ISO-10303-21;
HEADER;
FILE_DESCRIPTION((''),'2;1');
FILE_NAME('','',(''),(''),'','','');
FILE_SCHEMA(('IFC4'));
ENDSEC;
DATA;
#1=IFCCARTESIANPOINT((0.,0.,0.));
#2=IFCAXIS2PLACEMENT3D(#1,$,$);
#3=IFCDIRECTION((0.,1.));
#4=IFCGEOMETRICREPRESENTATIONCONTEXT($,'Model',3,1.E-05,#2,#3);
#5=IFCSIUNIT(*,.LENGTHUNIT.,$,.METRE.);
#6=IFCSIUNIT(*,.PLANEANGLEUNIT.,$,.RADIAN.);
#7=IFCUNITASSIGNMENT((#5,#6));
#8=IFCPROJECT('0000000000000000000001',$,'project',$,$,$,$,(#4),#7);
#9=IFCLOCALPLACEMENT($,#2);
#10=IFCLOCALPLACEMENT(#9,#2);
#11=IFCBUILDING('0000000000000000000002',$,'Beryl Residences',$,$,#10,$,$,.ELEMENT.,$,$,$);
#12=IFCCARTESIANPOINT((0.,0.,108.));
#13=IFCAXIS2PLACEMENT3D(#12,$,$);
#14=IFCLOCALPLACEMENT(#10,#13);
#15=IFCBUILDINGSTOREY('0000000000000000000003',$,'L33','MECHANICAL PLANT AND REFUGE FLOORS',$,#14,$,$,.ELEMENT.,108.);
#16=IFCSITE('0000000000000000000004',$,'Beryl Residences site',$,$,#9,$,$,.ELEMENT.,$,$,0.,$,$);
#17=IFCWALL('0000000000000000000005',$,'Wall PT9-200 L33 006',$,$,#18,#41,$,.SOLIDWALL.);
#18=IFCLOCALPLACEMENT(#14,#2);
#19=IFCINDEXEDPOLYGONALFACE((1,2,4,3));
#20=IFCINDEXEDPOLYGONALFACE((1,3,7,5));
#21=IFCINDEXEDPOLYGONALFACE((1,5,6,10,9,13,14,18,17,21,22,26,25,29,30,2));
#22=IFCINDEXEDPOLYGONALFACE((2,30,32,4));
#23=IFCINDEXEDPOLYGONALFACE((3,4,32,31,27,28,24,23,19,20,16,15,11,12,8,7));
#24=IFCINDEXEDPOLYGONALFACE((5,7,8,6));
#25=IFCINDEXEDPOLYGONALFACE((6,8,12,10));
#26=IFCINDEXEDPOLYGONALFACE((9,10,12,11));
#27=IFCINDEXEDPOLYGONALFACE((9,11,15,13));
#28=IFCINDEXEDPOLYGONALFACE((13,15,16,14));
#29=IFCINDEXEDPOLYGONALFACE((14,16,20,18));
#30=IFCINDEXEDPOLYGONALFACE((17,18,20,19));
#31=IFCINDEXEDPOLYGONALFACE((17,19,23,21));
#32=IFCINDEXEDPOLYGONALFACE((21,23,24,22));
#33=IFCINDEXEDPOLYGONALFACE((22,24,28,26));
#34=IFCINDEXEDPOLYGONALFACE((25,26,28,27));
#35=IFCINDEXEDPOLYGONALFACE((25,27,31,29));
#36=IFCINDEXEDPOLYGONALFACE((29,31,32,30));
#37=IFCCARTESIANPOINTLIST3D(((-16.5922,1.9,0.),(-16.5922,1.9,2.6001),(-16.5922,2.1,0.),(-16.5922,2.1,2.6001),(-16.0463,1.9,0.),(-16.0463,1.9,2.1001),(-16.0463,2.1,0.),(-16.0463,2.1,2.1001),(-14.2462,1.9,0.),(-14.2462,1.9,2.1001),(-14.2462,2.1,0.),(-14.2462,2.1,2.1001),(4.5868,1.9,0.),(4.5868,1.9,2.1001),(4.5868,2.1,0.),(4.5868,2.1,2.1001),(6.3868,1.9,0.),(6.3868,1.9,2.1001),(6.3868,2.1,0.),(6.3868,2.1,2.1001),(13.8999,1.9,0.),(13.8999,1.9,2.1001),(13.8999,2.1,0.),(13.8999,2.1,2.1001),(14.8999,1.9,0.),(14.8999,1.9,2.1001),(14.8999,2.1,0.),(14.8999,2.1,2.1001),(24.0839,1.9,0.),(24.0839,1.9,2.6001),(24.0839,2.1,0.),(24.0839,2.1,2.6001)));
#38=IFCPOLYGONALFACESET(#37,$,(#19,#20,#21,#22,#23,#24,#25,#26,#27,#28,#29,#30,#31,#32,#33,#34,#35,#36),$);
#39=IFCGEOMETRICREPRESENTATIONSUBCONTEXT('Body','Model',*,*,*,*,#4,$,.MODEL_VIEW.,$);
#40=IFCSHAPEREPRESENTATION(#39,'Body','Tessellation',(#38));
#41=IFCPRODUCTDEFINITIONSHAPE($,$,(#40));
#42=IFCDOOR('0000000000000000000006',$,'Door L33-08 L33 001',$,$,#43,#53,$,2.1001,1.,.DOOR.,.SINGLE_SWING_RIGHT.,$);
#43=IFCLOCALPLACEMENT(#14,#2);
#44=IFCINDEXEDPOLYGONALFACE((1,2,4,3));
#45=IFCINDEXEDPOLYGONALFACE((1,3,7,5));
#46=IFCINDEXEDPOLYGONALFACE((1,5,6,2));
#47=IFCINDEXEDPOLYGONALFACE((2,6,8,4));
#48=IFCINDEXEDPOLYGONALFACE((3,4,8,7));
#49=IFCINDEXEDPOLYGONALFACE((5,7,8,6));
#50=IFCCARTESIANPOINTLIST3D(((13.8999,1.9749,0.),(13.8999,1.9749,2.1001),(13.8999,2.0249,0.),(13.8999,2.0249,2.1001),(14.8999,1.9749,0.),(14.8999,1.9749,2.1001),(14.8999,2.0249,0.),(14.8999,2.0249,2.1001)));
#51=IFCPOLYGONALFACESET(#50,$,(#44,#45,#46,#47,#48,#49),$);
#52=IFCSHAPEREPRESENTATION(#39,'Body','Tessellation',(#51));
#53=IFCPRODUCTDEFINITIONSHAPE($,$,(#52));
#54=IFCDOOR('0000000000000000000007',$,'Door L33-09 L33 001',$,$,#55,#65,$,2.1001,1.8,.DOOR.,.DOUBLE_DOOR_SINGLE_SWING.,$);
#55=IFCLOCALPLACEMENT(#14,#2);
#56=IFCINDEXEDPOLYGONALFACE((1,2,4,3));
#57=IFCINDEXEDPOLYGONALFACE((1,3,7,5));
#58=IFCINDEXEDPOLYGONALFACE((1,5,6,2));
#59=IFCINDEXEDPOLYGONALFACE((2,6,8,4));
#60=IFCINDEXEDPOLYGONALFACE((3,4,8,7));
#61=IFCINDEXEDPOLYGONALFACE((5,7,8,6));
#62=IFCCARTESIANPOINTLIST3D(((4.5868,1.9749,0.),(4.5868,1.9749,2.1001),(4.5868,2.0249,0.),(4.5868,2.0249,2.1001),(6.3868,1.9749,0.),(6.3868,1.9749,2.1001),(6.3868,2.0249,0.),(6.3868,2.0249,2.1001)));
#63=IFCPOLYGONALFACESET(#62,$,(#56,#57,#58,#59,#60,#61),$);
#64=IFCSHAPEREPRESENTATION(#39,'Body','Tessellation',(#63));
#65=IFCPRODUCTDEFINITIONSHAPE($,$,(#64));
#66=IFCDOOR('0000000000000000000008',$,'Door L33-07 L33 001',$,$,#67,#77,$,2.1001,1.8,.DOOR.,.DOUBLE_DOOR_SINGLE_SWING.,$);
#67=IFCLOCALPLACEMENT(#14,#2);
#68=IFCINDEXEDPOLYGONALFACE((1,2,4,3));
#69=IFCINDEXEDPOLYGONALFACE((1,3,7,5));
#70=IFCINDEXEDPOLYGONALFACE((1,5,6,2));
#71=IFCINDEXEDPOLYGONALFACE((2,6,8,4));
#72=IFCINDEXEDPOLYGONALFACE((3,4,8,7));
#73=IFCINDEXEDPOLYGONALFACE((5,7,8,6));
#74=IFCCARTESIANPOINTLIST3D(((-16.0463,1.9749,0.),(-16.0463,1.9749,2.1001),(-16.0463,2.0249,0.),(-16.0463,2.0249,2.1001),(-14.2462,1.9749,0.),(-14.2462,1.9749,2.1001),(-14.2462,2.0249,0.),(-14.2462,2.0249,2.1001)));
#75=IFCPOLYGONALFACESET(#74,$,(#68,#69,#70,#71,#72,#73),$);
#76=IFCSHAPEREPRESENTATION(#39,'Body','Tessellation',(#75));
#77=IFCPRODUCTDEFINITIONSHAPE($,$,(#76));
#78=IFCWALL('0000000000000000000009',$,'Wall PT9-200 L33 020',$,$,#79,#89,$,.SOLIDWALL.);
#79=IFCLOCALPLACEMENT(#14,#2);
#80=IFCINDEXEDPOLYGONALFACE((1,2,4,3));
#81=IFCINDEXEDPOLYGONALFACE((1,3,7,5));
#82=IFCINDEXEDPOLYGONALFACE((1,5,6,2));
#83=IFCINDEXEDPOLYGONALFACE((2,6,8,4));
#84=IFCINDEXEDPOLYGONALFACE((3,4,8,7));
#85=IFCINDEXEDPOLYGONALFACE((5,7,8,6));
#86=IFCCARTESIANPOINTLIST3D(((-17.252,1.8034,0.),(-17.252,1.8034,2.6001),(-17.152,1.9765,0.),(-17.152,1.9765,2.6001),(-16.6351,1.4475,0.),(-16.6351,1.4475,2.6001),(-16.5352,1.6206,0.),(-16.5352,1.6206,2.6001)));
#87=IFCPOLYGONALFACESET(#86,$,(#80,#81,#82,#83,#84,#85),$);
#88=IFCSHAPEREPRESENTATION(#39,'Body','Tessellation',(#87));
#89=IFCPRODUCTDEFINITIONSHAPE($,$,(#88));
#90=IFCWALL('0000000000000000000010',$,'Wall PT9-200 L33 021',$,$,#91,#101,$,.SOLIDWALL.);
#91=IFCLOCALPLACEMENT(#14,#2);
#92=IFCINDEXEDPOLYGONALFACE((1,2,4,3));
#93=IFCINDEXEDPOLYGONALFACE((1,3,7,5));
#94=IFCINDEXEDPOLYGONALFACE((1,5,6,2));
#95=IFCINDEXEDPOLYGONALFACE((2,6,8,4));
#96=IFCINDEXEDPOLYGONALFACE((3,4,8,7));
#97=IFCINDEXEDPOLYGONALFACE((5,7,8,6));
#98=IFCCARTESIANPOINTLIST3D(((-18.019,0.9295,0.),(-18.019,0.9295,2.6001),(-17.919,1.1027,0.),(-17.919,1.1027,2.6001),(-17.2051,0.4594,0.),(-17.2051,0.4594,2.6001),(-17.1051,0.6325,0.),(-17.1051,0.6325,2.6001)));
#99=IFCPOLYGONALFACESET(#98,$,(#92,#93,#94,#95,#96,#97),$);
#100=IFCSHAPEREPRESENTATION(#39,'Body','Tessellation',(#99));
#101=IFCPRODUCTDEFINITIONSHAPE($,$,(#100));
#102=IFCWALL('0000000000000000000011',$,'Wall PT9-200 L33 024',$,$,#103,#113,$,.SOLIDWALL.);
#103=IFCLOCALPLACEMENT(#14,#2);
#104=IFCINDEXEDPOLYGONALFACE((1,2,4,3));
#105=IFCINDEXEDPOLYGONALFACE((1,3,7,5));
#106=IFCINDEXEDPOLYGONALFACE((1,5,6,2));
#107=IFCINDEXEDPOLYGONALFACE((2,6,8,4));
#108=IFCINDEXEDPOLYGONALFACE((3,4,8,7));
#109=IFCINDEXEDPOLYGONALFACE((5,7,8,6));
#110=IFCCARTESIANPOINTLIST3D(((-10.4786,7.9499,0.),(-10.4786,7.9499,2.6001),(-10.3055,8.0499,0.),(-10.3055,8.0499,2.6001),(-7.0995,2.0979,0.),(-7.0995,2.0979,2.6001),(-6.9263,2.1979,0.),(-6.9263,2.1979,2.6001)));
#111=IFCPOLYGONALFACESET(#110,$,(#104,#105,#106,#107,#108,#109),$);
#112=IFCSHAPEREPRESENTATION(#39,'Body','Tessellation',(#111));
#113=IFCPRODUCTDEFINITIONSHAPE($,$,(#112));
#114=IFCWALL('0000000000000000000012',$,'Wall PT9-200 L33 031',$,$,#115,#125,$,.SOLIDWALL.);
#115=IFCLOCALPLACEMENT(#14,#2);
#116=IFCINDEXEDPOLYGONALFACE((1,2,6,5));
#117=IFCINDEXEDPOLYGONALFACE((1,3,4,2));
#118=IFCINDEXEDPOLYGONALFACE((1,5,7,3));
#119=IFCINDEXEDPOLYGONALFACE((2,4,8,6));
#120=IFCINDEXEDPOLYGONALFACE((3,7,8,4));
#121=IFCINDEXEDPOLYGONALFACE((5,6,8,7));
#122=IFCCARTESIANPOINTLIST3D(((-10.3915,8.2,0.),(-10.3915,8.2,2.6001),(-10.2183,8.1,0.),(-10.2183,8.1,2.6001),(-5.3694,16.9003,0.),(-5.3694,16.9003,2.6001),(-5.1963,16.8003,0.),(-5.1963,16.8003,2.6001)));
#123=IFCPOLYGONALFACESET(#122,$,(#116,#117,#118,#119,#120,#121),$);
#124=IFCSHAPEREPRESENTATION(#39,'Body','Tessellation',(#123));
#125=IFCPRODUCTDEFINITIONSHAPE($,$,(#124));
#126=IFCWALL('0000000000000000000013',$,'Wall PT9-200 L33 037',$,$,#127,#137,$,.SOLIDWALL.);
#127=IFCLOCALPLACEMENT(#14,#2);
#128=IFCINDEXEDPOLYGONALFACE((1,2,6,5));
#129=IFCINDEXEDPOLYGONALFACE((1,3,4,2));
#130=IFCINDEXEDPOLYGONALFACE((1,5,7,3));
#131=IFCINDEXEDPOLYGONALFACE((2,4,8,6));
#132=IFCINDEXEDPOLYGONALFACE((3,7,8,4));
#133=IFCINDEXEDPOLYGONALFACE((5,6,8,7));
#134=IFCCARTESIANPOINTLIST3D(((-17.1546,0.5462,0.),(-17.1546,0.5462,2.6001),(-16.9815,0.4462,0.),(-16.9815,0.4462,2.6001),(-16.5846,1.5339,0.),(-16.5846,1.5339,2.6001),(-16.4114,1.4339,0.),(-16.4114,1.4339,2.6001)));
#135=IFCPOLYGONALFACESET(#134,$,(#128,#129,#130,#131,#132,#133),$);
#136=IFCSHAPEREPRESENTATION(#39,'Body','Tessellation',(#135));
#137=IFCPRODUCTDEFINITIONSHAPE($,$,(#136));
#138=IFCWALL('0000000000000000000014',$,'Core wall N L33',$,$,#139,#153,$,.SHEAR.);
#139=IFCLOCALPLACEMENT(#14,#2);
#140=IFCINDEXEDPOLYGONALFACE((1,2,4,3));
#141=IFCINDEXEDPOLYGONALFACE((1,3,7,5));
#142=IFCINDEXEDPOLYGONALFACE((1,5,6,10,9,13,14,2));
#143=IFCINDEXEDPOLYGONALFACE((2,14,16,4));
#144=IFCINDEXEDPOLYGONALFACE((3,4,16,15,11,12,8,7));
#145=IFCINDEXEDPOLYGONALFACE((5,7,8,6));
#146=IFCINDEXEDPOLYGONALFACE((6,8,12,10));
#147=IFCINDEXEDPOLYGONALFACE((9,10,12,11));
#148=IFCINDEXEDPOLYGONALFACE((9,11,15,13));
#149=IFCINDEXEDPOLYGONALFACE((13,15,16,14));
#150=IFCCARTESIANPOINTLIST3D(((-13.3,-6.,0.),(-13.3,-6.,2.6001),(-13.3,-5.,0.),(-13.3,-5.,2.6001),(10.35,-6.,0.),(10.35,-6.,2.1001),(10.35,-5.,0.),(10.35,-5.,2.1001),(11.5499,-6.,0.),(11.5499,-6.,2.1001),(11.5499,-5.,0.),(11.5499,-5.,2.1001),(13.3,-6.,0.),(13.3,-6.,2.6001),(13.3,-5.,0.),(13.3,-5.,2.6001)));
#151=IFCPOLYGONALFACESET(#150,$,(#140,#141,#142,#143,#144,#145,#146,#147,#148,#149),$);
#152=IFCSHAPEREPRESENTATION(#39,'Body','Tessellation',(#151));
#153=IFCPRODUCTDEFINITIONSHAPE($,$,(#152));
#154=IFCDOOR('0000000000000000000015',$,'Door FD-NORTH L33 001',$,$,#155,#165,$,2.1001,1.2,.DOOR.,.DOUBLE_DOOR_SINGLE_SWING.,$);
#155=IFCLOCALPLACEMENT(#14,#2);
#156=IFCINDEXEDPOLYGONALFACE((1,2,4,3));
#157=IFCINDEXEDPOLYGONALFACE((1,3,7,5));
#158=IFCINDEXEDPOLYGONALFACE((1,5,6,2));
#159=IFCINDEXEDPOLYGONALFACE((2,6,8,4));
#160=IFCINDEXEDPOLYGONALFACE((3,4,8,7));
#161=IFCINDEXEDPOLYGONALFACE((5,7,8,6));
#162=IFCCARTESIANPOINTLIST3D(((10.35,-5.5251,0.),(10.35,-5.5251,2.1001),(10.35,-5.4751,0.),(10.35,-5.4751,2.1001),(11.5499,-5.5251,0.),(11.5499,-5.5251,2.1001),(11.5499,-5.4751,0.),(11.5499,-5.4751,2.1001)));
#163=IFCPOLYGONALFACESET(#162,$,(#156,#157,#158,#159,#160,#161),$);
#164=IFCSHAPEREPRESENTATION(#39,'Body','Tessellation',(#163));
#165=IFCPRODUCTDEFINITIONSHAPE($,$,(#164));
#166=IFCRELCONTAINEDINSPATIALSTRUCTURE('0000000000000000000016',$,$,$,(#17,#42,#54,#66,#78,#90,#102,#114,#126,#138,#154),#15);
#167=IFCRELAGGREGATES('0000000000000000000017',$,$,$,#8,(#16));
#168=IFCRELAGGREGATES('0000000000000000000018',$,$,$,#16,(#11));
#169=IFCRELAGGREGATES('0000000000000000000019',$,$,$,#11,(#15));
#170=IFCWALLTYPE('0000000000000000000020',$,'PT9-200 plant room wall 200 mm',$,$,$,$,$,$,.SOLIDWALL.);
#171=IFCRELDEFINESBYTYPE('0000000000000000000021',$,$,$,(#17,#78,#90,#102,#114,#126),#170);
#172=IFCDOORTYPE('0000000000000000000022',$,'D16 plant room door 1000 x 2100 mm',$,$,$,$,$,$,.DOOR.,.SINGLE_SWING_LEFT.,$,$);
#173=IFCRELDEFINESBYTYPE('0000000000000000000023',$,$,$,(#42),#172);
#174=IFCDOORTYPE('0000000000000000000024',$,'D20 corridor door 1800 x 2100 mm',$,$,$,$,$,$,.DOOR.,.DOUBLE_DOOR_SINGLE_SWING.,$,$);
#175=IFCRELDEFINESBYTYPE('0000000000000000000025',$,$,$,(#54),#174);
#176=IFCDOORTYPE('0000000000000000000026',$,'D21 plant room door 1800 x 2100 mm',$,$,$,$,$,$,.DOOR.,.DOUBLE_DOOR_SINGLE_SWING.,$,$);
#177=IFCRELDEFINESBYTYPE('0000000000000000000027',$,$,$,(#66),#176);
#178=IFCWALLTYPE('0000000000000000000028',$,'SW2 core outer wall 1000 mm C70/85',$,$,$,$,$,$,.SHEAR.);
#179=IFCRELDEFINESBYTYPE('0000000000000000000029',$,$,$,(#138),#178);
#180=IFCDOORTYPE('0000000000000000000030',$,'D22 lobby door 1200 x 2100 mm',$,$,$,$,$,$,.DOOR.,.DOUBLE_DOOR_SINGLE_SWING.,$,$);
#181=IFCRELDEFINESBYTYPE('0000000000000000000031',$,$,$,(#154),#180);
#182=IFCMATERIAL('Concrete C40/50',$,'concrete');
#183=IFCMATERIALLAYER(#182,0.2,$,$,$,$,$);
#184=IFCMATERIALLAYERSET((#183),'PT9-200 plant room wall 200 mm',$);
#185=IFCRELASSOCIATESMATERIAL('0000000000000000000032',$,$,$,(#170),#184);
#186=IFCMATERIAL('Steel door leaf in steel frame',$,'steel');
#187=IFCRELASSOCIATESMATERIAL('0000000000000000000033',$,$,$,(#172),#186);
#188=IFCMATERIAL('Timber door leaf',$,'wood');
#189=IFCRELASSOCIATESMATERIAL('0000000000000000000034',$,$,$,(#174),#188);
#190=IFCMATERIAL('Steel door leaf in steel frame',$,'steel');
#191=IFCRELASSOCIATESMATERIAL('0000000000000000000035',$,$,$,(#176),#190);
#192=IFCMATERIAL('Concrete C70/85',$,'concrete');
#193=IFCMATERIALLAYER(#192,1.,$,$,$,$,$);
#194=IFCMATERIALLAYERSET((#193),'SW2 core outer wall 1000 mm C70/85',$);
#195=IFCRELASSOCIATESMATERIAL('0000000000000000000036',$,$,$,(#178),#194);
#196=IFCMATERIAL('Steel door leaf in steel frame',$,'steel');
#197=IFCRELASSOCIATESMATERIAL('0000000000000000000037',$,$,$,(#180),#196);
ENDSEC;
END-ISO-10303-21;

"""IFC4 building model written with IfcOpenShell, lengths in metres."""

from ifc_helpers import new_model, si_unit, direction, frame, frame_2d, origin, place, context, subcontext, project, spatial, rectangle, extrude, material, layer, layer_set, type_object, element, fill, save


model = new_model("IFC4")

# Units and contexts
model_context = context("Model", 3, precision=1e-05, world=origin(), true_north=direction((0.0, 1.0)))
body_context = subcontext(model_context, "Body", "Model", "MODEL_VIEW")
ifc_project = project(units=[si_unit("LENGTHUNIT", "METRE"), si_unit("PLANEANGLEUNIT", "RADIAN")], contexts=[model_context])

# Site, building, storey
site_placement = place(None, origin())
site = spatial("IfcSite", under=ifc_project, at=site_placement, Name="Beryl Residences site", CompositionType="ELEMENT", RefElevation=0.0)
building_placement = place(site_placement, origin())
building = spatial("IfcBuilding", under=site, at=building_placement, Name="Beryl Residences", CompositionType="ELEMENT")
storey_placement = place(building_placement, frame((0.0, 0.0, 108.0)))
storey = spatial("IfcBuildingStorey", under=building, at=storey_placement, Name="L33", Description="MECHANICAL PLANT AND REFUGE FLOORS", CompositionType="ELEMENT", Elevation=108.0)

# Shared definitions
ifc_material_1 = material(Name="Concrete C40/50", Category="concrete")
ifc_layer_1 = layer(ifc_material_1, 0.2)
ifc_layer_set_1 = layer_set([ifc_layer_1], Name="PT9-200 plant room wall 200 mm")
wall_type_1 = type_object("IfcWallType", Name="PT9-200 plant room wall 200 mm", PredefinedType="SOLIDWALL", material=ifc_layer_set_1)

# Wall, openings, doors
wall_1_placement = place(storey_placement, frame((-16.592, 2.0, 0.0), z_axis=(0.0, 0.0, 1.0), x_axis=(1.0, 0.0, 0.0)))
wall_1 = element("IfcWall", 1, at=wall_1_placement, inside=storey, type_object=wall_type_1, Name="Wall PT9-200 L33 006", PredefinedType="SOLIDWALL", context=body_context, shape_type="SweptSolid", body=[
    extrude(rectangle(XDim=40.676, YDim=0.2, at=frame_2d((20.3379, 0.0))), origin(), (0.0, 0.0, 1.0), 2.6001),
])
opening_1_placement = place(wall_1_placement, frame((0.5459, 0.0, 0.0)))
opening_1 = element("IfcOpeningElement", 2, at=opening_1_placement, cuts=wall_1, PredefinedType="OPENING", context=body_context, shape_type="SweptSolid", body=[
    extrude(rectangle(XDim=1.8, YDim=2.1001, at=frame_2d((0.8999, 1.05))), frame((0.0, 0.1099, 0.0), z_axis=(0.0, -1.0, 0.0), x_axis=(1.0, 0.0, 0.0)), (0.0, 0.0, 1.0), 0.22),
])
opening_2_placement = place(wall_1_placement, frame((30.4919, 0.0, 0.0)))
opening_2 = element("IfcOpeningElement", 3, at=opening_2_placement, cuts=wall_1, PredefinedType="OPENING", context=body_context, shape_type="SweptSolid", body=[
    extrude(rectangle(XDim=1.0, YDim=2.1001, at=frame_2d((0.5, 1.05))), frame((0.0, 0.1099, 0.0), z_axis=(0.0, -1.0, 0.0), x_axis=(1.0, 0.0, 0.0)), (0.0, 0.0, 1.0), 0.22),
])
opening_3_placement = place(wall_1_placement, frame((21.179, 0.0, 0.0)))
opening_3 = element("IfcOpeningElement", 4, at=opening_3_placement, cuts=wall_1, PredefinedType="OPENING", context=body_context, shape_type="SweptSolid", body=[
    extrude(rectangle(XDim=1.8, YDim=2.1001, at=frame_2d((0.8999, 1.05))), frame((0.0, 0.1099, 0.0), z_axis=(0.0, -1.0, 0.0), x_axis=(1.0, 0.0, 0.0)), (0.0, 0.0, 1.0), 0.22),
])
ifc_material_2 = material(Name="Steel door leaf in steel frame", Category="steel")
door_type_1 = type_object("IfcDoorType", Name="D16 plant room door 1000 x 2100 mm", OperationType="SINGLE_SWING_LEFT", PredefinedType="DOOR", material=ifc_material_2)
door_1_placement = place(opening_2_placement, origin())
door_1 = element("IfcDoor", 5, at=door_1_placement, inside=storey, type_object=door_type_1, Name="Door L33-08 L33 001", OperationType="SINGLE_SWING_RIGHT", OverallHeight=2.1001, OverallWidth=1.0, PredefinedType="DOOR", context=body_context, shape_type="SweptSolid", body=[
    extrude(rectangle(XDim=1.0, YDim=2.1001, at=frame_2d((0.5, 1.05))), frame((0.0, 0.0249, 0.0), z_axis=(0.0, -1.0, 0.0), x_axis=(1.0, 0.0, 0.0)), (0.0, 0.0, 1.0), 0.05),
])
fill(opening_2, door_1)
ifc_material_3 = material(Name="Timber door leaf", Category="wood")
door_type_2 = type_object("IfcDoorType", Name="D20 corridor door 1800 x 2100 mm", OperationType="DOUBLE_DOOR_SINGLE_SWING", PredefinedType="DOOR", material=ifc_material_3)
door_2_placement = place(opening_3_placement, origin())
door_2 = element("IfcDoor", 6, at=door_2_placement, inside=storey, type_object=door_type_2, Name="Door L33-09 L33 001", OperationType="DOUBLE_DOOR_SINGLE_SWING", OverallHeight=2.1001, OverallWidth=1.8, PredefinedType="DOOR", context=body_context, shape_type="SweptSolid", body=[
    extrude(rectangle(XDim=1.8, YDim=2.1001, at=frame_2d((0.8999, 1.05))), frame((0.0, 0.0249, 0.0), z_axis=(0.0, -1.0, 0.0), x_axis=(1.0, 0.0, 0.0)), (0.0, 0.0, 1.0), 0.05),
])
fill(opening_3, door_2)
ifc_material_4 = material(Name="Steel door leaf in steel frame", Category="steel")
door_type_3 = type_object("IfcDoorType", Name="D21 plant room door 1800 x 2100 mm", OperationType="DOUBLE_DOOR_SINGLE_SWING", PredefinedType="DOOR", material=ifc_material_4)
door_3_placement = place(opening_1_placement, origin())
door_3 = element("IfcDoor", 7, at=door_3_placement, inside=storey, type_object=door_type_3, Name="Door L33-07 L33 001", OperationType="DOUBLE_DOOR_SINGLE_SWING", OverallHeight=2.1001, OverallWidth=1.8, PredefinedType="DOOR", context=body_context, shape_type="SweptSolid", body=[
    extrude(rectangle(XDim=1.8, YDim=2.1001, at=frame_2d((0.8999, 1.05))), frame((0.0, 0.0249, 0.0), z_axis=(0.0, -1.0, 0.0), x_axis=(1.0, 0.0, 0.0)), (0.0, 0.0, 1.0), 0.05),
])
fill(opening_1, door_3)

# Walls
wall_2_placement = place(storey_placement, frame((-17.2019, 1.8899, 0.0), z_axis=(0.0, 0.0, 1.0), x_axis=(0.866168, -0.499752, 0.0)))
element("IfcWall", 8, at=wall_2_placement, inside=storey, type_object=wall_type_1, Name="Wall PT9-200 L33 020", PredefinedType="SOLIDWALL", context=body_context, shape_type="SweptSolid", body=[
    extrude(rectangle(XDim=0.7122, YDim=0.2, at=frame_2d((0.356, 0.0))), origin(), (0.0, 0.0, 1.0), 2.6001),
])
wall_3_placement = place(storey_placement, frame((-17.969, 1.0161, 0.0), z_axis=(0.0, 0.0, 1.0), x_axis=(0.8659, -0.500217, 0.0)))
element("IfcWall", 9, at=wall_3_placement, inside=storey, type_object=wall_type_1, Name="Wall PT9-200 L33 021", PredefinedType="SOLIDWALL", context=body_context, shape_type="SweptSolid", body=[
    extrude(rectangle(XDim=0.9399, YDim=0.2, at=frame_2d((0.47, 0.0))), origin(), (0.0, 0.0, 1.0), 2.6001),
])
wall_4_placement = place(storey_placement, frame((-10.3921, 8.0, 0.0), z_axis=(0.0, 0.0, 1.0), x_axis=(0.500052, -0.865995, 0.0)))
element("IfcWall", 10, at=wall_4_placement, inside=storey, type_object=wall_type_1, Name="Wall PT9-200 L33 024", PredefinedType="SOLIDWALL", context=body_context, shape_type="SweptSolid", body=[
    extrude(rectangle(XDim=6.7576, YDim=0.2, at=frame_2d((3.3789, 0.0))), origin(), (0.0, 0.0, 1.0), 2.6001),
])
wall_5_placement = place(storey_placement, frame((-10.3049, 8.1499, 0.0), z_axis=(0.0, 0.0, 1.0), x_axis=(0.499919, 0.866072, 0.0)))
element("IfcWall", 11, at=wall_5_placement, inside=storey, type_object=wall_type_1, Name="Wall PT9-200 L33 031", PredefinedType="SOLIDWALL", context=body_context, shape_type="SweptSolid", body=[
    extrude(rectangle(XDim=10.0457, YDim=0.2, at=frame_2d((5.0229, 0.0))), origin(), (0.0, 0.0, 1.0), 2.6001),
])
wall_6_placement = place(storey_placement, frame((-17.0681, 0.4961, 0.0), z_axis=(0.0, 0.0, 1.0), x_axis=(0.499846, 0.866114, 0.0)))
element("IfcWall", 12, at=wall_6_placement, inside=storey, type_object=wall_type_1, Name="Wall PT9-200 L33 037", PredefinedType="SOLIDWALL", context=body_context, shape_type="SweptSolid", body=[
    extrude(rectangle(XDim=1.1404, YDim=0.2, at=frame_2d((0.5703, 0.0))), origin(), (0.0, 0.0, 1.0), 2.6001),
])

# Wall, opening, door
ifc_material_5 = material(Name="Concrete C70/85", Category="concrete")
ifc_layer_2 = layer(ifc_material_5, 1.0)
ifc_layer_set_2 = layer_set([ifc_layer_2], Name="SW2 core outer wall 1000 mm C70/85")
wall_type_2 = type_object("IfcWallType", Name="SW2 core outer wall 1000 mm C70/85", PredefinedType="SHEAR", material=ifc_layer_set_2)
wall_7_placement = place(storey_placement, frame((-13.3, -5.5, 0.0), z_axis=(0.0, 0.0, 1.0), x_axis=(1.0, 0.0, 0.0)))
wall_7 = element("IfcWall", 13, at=wall_7_placement, inside=storey, type_object=wall_type_2, Name="Core wall N L33", PredefinedType="SHEAR", context=body_context, shape_type="SweptSolid", body=[
    extrude(rectangle(XDim=26.6001, YDim=1.0, at=frame_2d((13.3, 0.0))), origin(), (0.0, 0.0, 1.0), 2.6001),
])
opening_4_placement = place(wall_7_placement, frame((23.6499, 0.0, 0.0)))
opening_4 = element("IfcOpeningElement", 14, at=opening_4_placement, cuts=wall_7, PredefinedType="OPENING", context=body_context, shape_type="SweptSolid", body=[
    extrude(rectangle(XDim=1.2, YDim=2.1001, at=frame_2d((0.6001, 1.05))), frame((0.0, 0.51, 0.0), z_axis=(0.0, -1.0, 0.0), x_axis=(1.0, 0.0, 0.0)), (0.0, 0.0, 1.0), 1.02),
])
ifc_material_6 = material(Name="Steel door leaf in steel frame", Category="steel")
door_type_4 = type_object("IfcDoorType", Name="D22 lobby door 1200 x 2100 mm", OperationType="DOUBLE_DOOR_SINGLE_SWING", PredefinedType="DOOR", material=ifc_material_6)
door_4_placement = place(opening_4_placement, origin())
door_4 = element("IfcDoor", 15, at=door_4_placement, inside=storey, type_object=door_type_4, Name="Door FD-NORTH L33 001", OperationType="DOUBLE_DOOR_SINGLE_SWING", OverallHeight=2.1001, OverallWidth=1.2, PredefinedType="DOOR", context=body_context, shape_type="SweptSolid", body=[
    extrude(rectangle(XDim=1.2, YDim=2.1001, at=frame_2d((0.6001, 1.05))), frame((0.0, 0.0249, 0.0), z_axis=(0.0, -1.0, 0.0), x_axis=(1.0, 0.0, 0.0)), (0.0, 0.0, 1.0), 0.05),
])
fill(opening_4, door_4)

save(model, "model.ifc")
